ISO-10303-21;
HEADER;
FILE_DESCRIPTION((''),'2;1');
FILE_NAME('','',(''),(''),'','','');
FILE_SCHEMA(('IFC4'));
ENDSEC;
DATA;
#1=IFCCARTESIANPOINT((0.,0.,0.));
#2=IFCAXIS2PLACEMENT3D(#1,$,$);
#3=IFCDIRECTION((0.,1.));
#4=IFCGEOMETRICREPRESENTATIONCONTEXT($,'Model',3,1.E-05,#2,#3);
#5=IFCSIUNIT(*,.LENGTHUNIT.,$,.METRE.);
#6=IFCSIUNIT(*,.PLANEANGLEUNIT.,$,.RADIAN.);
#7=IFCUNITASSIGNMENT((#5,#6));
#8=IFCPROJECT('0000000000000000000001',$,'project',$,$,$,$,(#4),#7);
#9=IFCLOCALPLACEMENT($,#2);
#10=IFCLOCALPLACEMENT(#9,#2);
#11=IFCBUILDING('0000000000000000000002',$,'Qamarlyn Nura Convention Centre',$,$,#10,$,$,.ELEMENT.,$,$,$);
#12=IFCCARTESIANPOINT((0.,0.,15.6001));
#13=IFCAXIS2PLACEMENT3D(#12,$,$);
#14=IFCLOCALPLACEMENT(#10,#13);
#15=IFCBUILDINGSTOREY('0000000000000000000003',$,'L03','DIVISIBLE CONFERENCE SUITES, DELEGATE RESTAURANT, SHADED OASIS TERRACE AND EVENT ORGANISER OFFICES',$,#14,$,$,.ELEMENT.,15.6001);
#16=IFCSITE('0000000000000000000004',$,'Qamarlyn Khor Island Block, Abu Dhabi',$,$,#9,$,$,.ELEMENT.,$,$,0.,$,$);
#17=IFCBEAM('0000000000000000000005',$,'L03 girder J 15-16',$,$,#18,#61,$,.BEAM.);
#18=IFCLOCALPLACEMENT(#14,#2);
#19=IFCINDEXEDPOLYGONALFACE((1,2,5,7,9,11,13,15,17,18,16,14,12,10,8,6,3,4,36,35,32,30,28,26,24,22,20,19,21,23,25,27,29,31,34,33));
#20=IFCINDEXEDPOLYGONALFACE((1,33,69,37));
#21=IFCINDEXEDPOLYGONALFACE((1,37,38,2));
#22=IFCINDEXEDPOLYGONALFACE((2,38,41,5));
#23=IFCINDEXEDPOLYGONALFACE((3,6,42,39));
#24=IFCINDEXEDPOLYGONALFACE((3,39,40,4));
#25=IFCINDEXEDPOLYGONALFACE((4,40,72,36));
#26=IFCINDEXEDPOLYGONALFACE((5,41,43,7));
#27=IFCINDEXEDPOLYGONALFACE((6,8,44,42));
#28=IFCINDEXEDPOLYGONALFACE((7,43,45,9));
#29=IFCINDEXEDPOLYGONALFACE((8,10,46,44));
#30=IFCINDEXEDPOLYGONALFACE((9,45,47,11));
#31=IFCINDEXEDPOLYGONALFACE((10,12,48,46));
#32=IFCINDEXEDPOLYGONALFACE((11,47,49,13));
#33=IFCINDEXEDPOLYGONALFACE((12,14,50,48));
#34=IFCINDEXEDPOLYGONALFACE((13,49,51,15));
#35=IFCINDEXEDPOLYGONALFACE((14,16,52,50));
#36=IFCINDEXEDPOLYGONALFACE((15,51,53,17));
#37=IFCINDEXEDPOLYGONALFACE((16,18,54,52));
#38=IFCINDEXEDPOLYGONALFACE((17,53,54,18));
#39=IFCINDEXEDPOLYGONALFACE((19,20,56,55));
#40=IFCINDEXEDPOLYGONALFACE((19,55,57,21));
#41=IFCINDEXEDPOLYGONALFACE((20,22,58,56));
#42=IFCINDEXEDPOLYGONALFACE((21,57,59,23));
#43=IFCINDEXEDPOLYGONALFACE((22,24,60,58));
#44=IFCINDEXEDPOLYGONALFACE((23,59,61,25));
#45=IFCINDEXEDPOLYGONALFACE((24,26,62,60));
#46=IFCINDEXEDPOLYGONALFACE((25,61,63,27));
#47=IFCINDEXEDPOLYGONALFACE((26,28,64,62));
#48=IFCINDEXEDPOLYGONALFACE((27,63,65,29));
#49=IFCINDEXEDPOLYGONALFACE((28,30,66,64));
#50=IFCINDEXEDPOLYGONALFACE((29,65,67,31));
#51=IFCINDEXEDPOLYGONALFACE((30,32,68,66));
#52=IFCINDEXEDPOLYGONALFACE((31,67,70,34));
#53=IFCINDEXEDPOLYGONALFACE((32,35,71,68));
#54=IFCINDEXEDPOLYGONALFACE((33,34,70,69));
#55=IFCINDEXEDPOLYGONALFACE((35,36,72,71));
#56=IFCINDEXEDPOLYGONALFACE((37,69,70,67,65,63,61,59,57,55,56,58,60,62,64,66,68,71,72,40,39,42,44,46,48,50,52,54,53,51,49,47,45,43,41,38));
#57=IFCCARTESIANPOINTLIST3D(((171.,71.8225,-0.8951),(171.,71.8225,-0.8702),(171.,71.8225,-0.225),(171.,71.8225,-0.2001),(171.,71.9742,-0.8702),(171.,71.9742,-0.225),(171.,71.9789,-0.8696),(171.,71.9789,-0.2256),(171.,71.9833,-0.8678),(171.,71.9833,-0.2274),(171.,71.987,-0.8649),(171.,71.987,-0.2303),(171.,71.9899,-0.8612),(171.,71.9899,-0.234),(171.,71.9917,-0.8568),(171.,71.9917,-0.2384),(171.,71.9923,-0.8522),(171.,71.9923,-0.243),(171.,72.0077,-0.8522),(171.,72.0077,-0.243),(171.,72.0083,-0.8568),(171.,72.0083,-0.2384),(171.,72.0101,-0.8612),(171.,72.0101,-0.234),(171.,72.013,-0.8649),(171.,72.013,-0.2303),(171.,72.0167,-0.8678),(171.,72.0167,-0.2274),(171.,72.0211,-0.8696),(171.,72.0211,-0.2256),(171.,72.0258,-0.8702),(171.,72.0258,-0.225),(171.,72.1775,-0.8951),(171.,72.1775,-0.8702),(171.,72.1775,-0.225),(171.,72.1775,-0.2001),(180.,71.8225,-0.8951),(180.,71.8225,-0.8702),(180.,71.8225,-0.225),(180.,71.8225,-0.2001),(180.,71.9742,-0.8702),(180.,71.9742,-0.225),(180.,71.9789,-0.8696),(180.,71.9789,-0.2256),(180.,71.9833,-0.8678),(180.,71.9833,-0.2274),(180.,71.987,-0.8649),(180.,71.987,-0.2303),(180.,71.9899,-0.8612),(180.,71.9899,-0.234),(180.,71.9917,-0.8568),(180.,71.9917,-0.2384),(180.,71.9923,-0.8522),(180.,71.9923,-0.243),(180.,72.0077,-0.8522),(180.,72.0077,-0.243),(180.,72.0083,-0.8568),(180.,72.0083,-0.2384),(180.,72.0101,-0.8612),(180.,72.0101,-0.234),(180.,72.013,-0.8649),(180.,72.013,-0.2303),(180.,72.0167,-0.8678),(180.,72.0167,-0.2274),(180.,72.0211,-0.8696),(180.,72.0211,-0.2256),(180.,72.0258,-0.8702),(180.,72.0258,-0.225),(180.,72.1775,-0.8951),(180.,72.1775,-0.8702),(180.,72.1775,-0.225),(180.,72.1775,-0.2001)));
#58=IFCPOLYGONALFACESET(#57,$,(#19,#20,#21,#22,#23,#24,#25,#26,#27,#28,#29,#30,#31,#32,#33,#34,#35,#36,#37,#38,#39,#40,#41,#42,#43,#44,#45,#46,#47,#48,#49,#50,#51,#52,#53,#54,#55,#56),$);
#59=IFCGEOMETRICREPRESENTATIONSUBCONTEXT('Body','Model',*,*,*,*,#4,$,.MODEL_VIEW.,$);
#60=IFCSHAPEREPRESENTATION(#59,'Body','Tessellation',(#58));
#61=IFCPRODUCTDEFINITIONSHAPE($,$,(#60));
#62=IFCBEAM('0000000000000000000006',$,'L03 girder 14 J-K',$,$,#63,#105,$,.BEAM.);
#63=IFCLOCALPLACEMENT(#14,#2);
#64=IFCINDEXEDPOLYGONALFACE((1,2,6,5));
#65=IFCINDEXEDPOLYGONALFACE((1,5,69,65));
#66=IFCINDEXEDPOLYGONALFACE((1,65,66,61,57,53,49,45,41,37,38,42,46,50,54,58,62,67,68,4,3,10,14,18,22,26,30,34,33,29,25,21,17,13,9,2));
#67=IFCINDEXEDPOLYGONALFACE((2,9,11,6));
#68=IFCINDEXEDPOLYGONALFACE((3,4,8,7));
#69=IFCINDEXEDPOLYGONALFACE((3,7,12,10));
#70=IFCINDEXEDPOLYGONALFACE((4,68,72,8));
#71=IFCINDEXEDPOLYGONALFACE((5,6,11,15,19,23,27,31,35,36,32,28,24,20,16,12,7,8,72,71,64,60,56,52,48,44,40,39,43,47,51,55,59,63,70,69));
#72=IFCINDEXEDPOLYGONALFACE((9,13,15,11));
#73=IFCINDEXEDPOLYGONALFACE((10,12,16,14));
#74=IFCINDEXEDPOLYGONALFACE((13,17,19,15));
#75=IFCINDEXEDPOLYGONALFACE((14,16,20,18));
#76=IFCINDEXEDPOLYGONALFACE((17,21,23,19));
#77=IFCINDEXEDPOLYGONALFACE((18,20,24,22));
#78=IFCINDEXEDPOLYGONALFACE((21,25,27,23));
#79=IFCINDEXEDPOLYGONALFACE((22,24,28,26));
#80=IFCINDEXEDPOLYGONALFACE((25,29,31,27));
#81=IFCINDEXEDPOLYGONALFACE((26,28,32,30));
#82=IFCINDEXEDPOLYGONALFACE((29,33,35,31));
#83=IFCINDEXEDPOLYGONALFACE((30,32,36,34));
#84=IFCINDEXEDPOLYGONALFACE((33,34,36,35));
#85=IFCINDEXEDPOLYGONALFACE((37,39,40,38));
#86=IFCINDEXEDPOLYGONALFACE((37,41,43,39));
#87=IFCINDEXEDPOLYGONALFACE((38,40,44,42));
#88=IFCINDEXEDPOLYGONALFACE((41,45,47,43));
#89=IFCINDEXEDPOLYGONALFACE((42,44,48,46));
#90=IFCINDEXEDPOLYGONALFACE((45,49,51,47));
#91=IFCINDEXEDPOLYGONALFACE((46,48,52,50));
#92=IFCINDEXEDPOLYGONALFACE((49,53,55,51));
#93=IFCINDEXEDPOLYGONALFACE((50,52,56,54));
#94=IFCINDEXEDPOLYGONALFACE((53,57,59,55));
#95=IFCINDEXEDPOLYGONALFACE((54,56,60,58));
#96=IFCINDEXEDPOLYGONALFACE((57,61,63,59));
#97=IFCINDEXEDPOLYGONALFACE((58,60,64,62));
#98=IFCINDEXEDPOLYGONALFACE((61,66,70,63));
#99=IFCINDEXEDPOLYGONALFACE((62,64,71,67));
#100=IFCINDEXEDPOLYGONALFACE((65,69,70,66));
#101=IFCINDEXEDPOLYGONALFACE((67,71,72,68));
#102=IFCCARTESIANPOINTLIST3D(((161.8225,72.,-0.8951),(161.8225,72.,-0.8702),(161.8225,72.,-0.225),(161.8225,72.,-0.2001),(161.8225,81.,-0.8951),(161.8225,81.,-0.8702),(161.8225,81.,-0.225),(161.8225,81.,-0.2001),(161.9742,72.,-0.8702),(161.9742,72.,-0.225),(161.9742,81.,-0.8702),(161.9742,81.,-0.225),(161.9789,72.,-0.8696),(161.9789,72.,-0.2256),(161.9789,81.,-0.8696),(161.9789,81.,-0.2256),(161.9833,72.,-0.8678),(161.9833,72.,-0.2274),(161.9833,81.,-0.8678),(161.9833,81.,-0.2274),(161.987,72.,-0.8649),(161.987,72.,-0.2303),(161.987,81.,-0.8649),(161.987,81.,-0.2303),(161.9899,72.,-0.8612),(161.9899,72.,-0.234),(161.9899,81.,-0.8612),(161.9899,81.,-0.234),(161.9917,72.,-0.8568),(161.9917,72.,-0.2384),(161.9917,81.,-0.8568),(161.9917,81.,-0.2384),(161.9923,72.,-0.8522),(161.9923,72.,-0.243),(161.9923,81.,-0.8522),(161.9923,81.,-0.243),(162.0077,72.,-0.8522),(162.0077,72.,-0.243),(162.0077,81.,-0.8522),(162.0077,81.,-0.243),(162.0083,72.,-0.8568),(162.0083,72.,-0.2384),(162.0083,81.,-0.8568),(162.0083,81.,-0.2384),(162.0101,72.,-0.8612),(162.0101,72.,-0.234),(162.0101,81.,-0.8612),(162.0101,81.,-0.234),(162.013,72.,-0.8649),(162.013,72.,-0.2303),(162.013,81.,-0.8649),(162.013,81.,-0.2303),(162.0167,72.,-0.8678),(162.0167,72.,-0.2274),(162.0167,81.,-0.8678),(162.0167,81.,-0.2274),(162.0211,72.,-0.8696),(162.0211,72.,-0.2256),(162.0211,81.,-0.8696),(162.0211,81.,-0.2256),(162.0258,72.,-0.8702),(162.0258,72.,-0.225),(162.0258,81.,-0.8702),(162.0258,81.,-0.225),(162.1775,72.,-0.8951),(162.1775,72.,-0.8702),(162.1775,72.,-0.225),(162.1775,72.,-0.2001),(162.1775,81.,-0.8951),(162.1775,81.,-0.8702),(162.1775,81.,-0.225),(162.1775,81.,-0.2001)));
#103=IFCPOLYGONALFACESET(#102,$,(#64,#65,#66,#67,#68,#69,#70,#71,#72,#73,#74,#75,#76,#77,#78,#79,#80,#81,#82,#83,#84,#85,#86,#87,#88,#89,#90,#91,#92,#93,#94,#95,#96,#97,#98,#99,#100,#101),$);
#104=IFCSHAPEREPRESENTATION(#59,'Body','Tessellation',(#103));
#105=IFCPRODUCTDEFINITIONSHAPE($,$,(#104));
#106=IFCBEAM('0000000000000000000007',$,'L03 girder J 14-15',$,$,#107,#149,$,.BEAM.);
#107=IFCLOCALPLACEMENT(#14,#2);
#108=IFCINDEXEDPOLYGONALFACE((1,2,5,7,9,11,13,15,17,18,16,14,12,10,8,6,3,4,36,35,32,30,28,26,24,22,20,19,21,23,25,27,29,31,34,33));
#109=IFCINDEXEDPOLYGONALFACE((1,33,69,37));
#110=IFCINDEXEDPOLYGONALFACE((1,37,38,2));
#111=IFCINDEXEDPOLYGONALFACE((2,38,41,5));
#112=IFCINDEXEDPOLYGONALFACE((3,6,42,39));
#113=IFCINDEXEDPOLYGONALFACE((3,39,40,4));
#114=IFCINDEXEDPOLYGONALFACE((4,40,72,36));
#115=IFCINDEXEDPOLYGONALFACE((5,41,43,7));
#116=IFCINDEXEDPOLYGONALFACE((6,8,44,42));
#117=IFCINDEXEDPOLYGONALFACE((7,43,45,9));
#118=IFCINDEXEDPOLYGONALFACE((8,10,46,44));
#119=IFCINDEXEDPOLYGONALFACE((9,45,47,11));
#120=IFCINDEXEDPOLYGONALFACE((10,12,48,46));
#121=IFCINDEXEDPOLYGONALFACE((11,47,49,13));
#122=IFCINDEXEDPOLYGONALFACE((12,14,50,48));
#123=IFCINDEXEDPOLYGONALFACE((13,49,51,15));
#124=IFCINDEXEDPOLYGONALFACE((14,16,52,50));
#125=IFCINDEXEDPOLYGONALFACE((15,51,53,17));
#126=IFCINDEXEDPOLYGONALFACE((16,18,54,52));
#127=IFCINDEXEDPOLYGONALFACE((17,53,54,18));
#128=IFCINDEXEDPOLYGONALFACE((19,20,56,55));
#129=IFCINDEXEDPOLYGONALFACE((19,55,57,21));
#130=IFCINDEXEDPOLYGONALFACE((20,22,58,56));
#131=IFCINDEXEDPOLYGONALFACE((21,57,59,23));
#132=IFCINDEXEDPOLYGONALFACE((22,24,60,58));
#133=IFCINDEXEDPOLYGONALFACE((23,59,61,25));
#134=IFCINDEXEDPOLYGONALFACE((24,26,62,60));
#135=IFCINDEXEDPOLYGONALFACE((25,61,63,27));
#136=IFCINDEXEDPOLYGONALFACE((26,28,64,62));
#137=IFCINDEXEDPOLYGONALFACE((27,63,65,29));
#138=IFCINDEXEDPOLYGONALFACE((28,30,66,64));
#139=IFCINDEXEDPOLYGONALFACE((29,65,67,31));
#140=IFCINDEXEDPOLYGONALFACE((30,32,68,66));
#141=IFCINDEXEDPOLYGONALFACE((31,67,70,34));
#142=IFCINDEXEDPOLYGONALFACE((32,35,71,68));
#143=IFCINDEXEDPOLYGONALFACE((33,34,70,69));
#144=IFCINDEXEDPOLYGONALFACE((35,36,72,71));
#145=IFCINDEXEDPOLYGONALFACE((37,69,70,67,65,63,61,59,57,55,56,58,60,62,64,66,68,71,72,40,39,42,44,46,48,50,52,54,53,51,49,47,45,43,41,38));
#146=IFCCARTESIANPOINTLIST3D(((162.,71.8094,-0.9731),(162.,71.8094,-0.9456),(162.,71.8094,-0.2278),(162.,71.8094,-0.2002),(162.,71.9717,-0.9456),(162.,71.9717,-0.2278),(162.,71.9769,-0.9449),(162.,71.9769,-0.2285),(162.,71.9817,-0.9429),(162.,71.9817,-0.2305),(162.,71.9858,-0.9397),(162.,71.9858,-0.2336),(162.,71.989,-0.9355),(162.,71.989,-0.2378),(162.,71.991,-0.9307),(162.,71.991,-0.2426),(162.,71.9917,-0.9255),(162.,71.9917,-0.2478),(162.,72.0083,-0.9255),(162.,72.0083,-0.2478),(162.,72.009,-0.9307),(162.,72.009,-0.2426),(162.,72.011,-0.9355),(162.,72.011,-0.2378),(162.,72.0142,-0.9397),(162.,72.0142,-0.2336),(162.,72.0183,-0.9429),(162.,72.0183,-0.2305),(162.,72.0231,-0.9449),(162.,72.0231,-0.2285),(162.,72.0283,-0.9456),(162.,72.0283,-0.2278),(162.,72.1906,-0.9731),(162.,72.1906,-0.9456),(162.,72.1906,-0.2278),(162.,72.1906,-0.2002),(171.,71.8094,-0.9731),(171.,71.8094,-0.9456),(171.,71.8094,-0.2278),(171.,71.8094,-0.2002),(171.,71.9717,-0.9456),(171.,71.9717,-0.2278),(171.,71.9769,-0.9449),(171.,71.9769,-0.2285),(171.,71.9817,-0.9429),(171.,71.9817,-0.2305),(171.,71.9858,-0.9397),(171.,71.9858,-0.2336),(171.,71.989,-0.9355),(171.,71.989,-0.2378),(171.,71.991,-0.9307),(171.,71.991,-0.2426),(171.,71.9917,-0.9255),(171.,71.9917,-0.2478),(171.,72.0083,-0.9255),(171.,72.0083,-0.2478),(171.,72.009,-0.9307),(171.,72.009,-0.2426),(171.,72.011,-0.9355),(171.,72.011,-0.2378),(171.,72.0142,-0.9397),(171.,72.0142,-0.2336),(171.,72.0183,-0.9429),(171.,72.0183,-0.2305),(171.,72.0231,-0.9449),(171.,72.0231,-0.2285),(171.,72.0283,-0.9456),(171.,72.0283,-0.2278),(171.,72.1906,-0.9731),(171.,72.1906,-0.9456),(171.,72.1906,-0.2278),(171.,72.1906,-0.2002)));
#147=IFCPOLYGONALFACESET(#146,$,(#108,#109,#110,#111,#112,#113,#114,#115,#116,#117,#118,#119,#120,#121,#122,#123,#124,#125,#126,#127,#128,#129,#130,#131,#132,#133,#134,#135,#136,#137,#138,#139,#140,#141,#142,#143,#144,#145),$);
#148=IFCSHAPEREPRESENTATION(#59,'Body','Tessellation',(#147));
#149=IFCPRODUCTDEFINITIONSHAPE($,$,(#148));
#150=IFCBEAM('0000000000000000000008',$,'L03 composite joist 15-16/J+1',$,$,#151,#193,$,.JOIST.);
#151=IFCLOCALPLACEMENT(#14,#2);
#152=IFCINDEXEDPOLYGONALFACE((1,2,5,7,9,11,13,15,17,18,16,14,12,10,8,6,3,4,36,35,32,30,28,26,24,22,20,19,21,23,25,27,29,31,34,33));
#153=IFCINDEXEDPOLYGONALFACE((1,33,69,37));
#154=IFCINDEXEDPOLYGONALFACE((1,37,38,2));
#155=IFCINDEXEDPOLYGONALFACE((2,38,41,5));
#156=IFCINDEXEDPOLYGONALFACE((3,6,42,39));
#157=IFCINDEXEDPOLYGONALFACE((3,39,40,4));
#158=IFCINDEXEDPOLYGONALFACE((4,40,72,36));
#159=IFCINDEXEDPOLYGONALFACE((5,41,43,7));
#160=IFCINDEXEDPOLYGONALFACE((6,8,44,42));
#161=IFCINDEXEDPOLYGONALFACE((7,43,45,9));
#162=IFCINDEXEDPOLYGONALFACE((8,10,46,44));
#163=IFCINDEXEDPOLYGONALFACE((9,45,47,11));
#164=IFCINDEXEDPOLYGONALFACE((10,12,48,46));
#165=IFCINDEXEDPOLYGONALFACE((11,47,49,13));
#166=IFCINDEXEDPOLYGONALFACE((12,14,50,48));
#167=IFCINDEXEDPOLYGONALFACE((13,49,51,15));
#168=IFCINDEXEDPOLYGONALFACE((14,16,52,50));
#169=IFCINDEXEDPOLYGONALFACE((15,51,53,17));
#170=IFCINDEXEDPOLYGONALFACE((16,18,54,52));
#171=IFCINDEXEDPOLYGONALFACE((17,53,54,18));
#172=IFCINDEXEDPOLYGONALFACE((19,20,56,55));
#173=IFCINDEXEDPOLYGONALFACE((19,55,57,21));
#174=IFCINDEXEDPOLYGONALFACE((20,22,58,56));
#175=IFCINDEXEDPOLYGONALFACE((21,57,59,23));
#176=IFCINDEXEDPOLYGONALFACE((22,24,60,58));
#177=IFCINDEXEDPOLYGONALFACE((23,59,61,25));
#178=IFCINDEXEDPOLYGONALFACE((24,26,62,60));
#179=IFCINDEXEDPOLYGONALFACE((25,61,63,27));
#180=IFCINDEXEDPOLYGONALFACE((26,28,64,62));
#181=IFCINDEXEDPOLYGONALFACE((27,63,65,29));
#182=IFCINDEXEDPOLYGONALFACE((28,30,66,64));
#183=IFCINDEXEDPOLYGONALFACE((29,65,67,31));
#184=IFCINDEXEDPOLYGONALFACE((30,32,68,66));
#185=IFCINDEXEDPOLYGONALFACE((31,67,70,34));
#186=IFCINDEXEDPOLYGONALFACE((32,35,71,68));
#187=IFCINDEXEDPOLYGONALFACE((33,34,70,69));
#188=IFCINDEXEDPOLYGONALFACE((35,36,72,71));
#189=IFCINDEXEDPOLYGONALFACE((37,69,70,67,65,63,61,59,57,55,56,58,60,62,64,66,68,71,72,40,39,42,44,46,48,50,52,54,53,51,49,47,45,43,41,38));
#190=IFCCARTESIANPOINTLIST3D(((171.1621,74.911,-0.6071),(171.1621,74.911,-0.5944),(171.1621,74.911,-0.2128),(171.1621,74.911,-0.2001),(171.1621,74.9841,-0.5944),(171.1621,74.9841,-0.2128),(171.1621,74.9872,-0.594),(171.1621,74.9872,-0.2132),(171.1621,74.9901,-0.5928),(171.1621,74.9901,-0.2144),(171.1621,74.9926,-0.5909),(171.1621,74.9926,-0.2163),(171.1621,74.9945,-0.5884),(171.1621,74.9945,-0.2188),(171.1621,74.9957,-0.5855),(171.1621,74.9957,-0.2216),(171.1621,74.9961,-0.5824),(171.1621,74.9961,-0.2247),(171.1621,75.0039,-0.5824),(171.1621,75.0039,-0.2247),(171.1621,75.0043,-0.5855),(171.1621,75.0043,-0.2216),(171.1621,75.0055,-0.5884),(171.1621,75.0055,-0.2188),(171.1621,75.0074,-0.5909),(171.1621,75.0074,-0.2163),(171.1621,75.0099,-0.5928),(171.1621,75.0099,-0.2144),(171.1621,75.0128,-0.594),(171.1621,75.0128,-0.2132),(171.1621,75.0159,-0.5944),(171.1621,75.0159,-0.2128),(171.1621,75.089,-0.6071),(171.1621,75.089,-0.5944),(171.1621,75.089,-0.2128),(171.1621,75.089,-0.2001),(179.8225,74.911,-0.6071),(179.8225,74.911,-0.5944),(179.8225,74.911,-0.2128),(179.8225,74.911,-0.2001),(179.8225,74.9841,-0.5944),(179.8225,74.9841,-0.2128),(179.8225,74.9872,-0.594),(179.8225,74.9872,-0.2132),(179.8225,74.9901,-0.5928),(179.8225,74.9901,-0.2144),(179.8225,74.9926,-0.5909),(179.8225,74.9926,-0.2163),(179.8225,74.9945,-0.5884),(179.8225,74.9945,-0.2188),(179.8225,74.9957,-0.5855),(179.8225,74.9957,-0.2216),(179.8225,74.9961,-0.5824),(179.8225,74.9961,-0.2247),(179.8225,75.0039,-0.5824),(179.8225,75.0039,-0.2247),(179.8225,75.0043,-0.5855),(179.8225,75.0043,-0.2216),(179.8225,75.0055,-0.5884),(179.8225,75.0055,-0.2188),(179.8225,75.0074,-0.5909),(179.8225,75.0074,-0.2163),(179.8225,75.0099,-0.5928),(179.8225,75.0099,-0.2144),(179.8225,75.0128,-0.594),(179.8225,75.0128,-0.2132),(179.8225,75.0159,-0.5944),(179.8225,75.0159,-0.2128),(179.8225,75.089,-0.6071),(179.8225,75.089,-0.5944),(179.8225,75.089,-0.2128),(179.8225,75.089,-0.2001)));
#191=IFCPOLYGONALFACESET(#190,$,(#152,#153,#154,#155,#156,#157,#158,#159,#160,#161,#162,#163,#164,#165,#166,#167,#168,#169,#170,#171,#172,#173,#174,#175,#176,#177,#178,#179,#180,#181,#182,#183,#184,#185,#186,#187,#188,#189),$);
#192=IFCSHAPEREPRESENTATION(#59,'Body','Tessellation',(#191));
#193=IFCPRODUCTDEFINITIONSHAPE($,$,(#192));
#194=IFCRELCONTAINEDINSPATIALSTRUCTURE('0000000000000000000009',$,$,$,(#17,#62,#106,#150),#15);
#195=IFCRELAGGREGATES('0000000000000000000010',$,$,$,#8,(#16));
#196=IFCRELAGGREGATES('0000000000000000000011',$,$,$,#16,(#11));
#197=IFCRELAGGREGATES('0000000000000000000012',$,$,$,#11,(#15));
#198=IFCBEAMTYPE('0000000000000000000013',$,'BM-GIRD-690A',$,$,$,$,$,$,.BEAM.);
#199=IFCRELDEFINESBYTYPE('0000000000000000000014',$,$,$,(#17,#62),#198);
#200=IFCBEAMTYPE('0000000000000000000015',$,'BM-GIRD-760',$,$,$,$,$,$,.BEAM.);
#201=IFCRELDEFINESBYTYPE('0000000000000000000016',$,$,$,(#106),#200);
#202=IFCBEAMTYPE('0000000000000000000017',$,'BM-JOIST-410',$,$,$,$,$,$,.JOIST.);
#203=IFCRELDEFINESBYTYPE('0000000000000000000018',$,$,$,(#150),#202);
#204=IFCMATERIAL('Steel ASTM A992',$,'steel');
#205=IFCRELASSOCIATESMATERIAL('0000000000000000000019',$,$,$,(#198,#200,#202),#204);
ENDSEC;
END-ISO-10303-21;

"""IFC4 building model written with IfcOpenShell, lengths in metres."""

from ifc_helpers import new_model, si_unit, direction, frame, origin, origin_2d, place, context, subcontext, project, spatial, i_section, extrude, material, material_profile, profile_set, type_object, element, save


model = new_model("IFC4")

# Units and contexts
model_context = context("Model", 3, precision=1e-05, world=origin(), true_north=direction((0.0, 1.0)))
body_context = subcontext(model_context, "Body", "Model", "MODEL_VIEW")
ifc_project = project(units=[si_unit("LENGTHUNIT", "METRE"), si_unit("PLANEANGLEUNIT", "RADIAN")], contexts=[model_context])

# Site, building, storey
site_placement = place(None, origin())
site = spatial("IfcSite", under=ifc_project, at=site_placement, Name="Qamarlyn Khor Island Block, Abu Dhabi", CompositionType="ELEMENT", RefElevation=0.0)
building_placement = place(site_placement, origin())
building = spatial("IfcBuilding", under=site, at=building_placement, Name="Qamarlyn Nura Convention Centre", CompositionType="ELEMENT")
storey_placement = place(building_placement, frame((0.0, 0.0, 15.6001)))
storey = spatial("IfcBuildingStorey", under=building, at=storey_placement, Name="L03", Description="DIVISIBLE CONFERENCE SUITES, DELEGATE RESTAURANT, SHADED OASIS TERRACE AND EVENT ORGANISER OFFICES", CompositionType="ELEMENT", Elevation=15.6001)

# Shared definitions
ifc_material_1 = material(Name="Steel ASTM A992", Category="steel")

# Beams
ifc_material_profile_1 = material_profile(ifc_material_1, i_section(OverallWidth=0.355, OverallDepth=0.6951, WebThickness=0.0154, FlangeThickness=0.0249, FilletRadius=0.0181, at=origin_2d()), Name="W690X217")
ifc_profile_set_1 = profile_set([ifc_material_profile_1], Name="Steel ASTM A992")
beam_type_1 = type_object("IfcBeamType", Name="BM-GIRD-690A", PredefinedType="BEAM", material=ifc_profile_set_1)
for number, where, z_axis, x_axis, name in (
    (1, (171.0, 72.0, -0.5476), (1.0, 0.0, 0.0), (0.0, 1.0, 0.0), "L03 girder J 15-16"),
    (2, (162.0, 72.0, -0.5476), (0.0, 1.0, 0.0), (-1.0, 0.0, 0.0), "L03 girder 14 J-K"),
):
    element("IfcBeam", number, at=place(storey_placement, frame(where, z_axis=z_axis, x_axis=x_axis)), inside=storey, type_object=beam_type_1, Name=name, PredefinedType="BEAM", context=body_context, shape_type="SweptSolid", body=[
        extrude(i_section(OverallWidth=0.355, OverallDepth=0.6951, WebThickness=0.0154, FlangeThickness=0.0249, FilletRadius=0.0181, at=origin_2d()), origin(), (0.0, 0.0, 1.0), 9.0),
    ])
ifc_material_profile_2 = material_profile(ifc_material_1, i_section(OverallWidth=0.3811, OverallDepth=0.7729, WebThickness=0.0166, FlangeThickness=0.0276, FilletRadius=0.02, at=origin_2d()), Name="W760X257")
ifc_profile_set_2 = profile_set([ifc_material_profile_2], Name="Steel ASTM A992")
beam_type_2 = type_object("IfcBeamType", Name="BM-GIRD-760", PredefinedType="BEAM", material=ifc_profile_set_2)
beam_1_placement = place(storey_placement, frame((162.0, 72.0, -0.5867), z_axis=(1.0, 0.0, 0.0), x_axis=(0.0, 1.0, 0.0)))
element("IfcBeam", 3, at=beam_1_placement, inside=storey, type_object=beam_type_2, Name="L03 girder J 14-15", PredefinedType="BEAM", context=body_context, shape_type="SweptSolid", body=[
    extrude(i_section(OverallWidth=0.3811, OverallDepth=0.7729, WebThickness=0.0166, FlangeThickness=0.0276, FilletRadius=0.02, at=origin_2d()), origin(), (0.0, 0.0, 1.0), 9.0),
])
ifc_material_profile_3 = material_profile(ifc_material_1, i_section(OverallWidth=0.178, OverallDepth=0.407, WebThickness=0.0078, FlangeThickness=0.0127, FilletRadius=0.012, at=origin_2d()), Name="W410X60")
ifc_profile_set_3 = profile_set([ifc_material_profile_3], Name="Steel ASTM A992")
beam_type_3 = type_object("IfcBeamType", Name="BM-JOIST-410", PredefinedType="JOIST", material=ifc_profile_set_3)
for number, where, z_axis, x_axis, name in (
    (4, (171.1621, 75.0, -0.4036), (1.0, 0.0, 0.0), (0.0, 1.0, 0.0), "L03 composite joist 15-16/J+1"),
):
    element("IfcBeam", number, at=place(storey_placement, frame(where, z_axis=z_axis, x_axis=x_axis)), inside=storey, type_object=beam_type_3, Name=name, PredefinedType="JOIST", context=body_context, shape_type="SweptSolid", body=[
        extrude(i_section(OverallWidth=0.178, OverallDepth=0.407, WebThickness=0.0078, FlangeThickness=0.0127, FilletRadius=0.012, at=origin_2d()), origin(), (0.0, 0.0, 1.0), 8.6604),
    ])

save(model, "model.ifc")
